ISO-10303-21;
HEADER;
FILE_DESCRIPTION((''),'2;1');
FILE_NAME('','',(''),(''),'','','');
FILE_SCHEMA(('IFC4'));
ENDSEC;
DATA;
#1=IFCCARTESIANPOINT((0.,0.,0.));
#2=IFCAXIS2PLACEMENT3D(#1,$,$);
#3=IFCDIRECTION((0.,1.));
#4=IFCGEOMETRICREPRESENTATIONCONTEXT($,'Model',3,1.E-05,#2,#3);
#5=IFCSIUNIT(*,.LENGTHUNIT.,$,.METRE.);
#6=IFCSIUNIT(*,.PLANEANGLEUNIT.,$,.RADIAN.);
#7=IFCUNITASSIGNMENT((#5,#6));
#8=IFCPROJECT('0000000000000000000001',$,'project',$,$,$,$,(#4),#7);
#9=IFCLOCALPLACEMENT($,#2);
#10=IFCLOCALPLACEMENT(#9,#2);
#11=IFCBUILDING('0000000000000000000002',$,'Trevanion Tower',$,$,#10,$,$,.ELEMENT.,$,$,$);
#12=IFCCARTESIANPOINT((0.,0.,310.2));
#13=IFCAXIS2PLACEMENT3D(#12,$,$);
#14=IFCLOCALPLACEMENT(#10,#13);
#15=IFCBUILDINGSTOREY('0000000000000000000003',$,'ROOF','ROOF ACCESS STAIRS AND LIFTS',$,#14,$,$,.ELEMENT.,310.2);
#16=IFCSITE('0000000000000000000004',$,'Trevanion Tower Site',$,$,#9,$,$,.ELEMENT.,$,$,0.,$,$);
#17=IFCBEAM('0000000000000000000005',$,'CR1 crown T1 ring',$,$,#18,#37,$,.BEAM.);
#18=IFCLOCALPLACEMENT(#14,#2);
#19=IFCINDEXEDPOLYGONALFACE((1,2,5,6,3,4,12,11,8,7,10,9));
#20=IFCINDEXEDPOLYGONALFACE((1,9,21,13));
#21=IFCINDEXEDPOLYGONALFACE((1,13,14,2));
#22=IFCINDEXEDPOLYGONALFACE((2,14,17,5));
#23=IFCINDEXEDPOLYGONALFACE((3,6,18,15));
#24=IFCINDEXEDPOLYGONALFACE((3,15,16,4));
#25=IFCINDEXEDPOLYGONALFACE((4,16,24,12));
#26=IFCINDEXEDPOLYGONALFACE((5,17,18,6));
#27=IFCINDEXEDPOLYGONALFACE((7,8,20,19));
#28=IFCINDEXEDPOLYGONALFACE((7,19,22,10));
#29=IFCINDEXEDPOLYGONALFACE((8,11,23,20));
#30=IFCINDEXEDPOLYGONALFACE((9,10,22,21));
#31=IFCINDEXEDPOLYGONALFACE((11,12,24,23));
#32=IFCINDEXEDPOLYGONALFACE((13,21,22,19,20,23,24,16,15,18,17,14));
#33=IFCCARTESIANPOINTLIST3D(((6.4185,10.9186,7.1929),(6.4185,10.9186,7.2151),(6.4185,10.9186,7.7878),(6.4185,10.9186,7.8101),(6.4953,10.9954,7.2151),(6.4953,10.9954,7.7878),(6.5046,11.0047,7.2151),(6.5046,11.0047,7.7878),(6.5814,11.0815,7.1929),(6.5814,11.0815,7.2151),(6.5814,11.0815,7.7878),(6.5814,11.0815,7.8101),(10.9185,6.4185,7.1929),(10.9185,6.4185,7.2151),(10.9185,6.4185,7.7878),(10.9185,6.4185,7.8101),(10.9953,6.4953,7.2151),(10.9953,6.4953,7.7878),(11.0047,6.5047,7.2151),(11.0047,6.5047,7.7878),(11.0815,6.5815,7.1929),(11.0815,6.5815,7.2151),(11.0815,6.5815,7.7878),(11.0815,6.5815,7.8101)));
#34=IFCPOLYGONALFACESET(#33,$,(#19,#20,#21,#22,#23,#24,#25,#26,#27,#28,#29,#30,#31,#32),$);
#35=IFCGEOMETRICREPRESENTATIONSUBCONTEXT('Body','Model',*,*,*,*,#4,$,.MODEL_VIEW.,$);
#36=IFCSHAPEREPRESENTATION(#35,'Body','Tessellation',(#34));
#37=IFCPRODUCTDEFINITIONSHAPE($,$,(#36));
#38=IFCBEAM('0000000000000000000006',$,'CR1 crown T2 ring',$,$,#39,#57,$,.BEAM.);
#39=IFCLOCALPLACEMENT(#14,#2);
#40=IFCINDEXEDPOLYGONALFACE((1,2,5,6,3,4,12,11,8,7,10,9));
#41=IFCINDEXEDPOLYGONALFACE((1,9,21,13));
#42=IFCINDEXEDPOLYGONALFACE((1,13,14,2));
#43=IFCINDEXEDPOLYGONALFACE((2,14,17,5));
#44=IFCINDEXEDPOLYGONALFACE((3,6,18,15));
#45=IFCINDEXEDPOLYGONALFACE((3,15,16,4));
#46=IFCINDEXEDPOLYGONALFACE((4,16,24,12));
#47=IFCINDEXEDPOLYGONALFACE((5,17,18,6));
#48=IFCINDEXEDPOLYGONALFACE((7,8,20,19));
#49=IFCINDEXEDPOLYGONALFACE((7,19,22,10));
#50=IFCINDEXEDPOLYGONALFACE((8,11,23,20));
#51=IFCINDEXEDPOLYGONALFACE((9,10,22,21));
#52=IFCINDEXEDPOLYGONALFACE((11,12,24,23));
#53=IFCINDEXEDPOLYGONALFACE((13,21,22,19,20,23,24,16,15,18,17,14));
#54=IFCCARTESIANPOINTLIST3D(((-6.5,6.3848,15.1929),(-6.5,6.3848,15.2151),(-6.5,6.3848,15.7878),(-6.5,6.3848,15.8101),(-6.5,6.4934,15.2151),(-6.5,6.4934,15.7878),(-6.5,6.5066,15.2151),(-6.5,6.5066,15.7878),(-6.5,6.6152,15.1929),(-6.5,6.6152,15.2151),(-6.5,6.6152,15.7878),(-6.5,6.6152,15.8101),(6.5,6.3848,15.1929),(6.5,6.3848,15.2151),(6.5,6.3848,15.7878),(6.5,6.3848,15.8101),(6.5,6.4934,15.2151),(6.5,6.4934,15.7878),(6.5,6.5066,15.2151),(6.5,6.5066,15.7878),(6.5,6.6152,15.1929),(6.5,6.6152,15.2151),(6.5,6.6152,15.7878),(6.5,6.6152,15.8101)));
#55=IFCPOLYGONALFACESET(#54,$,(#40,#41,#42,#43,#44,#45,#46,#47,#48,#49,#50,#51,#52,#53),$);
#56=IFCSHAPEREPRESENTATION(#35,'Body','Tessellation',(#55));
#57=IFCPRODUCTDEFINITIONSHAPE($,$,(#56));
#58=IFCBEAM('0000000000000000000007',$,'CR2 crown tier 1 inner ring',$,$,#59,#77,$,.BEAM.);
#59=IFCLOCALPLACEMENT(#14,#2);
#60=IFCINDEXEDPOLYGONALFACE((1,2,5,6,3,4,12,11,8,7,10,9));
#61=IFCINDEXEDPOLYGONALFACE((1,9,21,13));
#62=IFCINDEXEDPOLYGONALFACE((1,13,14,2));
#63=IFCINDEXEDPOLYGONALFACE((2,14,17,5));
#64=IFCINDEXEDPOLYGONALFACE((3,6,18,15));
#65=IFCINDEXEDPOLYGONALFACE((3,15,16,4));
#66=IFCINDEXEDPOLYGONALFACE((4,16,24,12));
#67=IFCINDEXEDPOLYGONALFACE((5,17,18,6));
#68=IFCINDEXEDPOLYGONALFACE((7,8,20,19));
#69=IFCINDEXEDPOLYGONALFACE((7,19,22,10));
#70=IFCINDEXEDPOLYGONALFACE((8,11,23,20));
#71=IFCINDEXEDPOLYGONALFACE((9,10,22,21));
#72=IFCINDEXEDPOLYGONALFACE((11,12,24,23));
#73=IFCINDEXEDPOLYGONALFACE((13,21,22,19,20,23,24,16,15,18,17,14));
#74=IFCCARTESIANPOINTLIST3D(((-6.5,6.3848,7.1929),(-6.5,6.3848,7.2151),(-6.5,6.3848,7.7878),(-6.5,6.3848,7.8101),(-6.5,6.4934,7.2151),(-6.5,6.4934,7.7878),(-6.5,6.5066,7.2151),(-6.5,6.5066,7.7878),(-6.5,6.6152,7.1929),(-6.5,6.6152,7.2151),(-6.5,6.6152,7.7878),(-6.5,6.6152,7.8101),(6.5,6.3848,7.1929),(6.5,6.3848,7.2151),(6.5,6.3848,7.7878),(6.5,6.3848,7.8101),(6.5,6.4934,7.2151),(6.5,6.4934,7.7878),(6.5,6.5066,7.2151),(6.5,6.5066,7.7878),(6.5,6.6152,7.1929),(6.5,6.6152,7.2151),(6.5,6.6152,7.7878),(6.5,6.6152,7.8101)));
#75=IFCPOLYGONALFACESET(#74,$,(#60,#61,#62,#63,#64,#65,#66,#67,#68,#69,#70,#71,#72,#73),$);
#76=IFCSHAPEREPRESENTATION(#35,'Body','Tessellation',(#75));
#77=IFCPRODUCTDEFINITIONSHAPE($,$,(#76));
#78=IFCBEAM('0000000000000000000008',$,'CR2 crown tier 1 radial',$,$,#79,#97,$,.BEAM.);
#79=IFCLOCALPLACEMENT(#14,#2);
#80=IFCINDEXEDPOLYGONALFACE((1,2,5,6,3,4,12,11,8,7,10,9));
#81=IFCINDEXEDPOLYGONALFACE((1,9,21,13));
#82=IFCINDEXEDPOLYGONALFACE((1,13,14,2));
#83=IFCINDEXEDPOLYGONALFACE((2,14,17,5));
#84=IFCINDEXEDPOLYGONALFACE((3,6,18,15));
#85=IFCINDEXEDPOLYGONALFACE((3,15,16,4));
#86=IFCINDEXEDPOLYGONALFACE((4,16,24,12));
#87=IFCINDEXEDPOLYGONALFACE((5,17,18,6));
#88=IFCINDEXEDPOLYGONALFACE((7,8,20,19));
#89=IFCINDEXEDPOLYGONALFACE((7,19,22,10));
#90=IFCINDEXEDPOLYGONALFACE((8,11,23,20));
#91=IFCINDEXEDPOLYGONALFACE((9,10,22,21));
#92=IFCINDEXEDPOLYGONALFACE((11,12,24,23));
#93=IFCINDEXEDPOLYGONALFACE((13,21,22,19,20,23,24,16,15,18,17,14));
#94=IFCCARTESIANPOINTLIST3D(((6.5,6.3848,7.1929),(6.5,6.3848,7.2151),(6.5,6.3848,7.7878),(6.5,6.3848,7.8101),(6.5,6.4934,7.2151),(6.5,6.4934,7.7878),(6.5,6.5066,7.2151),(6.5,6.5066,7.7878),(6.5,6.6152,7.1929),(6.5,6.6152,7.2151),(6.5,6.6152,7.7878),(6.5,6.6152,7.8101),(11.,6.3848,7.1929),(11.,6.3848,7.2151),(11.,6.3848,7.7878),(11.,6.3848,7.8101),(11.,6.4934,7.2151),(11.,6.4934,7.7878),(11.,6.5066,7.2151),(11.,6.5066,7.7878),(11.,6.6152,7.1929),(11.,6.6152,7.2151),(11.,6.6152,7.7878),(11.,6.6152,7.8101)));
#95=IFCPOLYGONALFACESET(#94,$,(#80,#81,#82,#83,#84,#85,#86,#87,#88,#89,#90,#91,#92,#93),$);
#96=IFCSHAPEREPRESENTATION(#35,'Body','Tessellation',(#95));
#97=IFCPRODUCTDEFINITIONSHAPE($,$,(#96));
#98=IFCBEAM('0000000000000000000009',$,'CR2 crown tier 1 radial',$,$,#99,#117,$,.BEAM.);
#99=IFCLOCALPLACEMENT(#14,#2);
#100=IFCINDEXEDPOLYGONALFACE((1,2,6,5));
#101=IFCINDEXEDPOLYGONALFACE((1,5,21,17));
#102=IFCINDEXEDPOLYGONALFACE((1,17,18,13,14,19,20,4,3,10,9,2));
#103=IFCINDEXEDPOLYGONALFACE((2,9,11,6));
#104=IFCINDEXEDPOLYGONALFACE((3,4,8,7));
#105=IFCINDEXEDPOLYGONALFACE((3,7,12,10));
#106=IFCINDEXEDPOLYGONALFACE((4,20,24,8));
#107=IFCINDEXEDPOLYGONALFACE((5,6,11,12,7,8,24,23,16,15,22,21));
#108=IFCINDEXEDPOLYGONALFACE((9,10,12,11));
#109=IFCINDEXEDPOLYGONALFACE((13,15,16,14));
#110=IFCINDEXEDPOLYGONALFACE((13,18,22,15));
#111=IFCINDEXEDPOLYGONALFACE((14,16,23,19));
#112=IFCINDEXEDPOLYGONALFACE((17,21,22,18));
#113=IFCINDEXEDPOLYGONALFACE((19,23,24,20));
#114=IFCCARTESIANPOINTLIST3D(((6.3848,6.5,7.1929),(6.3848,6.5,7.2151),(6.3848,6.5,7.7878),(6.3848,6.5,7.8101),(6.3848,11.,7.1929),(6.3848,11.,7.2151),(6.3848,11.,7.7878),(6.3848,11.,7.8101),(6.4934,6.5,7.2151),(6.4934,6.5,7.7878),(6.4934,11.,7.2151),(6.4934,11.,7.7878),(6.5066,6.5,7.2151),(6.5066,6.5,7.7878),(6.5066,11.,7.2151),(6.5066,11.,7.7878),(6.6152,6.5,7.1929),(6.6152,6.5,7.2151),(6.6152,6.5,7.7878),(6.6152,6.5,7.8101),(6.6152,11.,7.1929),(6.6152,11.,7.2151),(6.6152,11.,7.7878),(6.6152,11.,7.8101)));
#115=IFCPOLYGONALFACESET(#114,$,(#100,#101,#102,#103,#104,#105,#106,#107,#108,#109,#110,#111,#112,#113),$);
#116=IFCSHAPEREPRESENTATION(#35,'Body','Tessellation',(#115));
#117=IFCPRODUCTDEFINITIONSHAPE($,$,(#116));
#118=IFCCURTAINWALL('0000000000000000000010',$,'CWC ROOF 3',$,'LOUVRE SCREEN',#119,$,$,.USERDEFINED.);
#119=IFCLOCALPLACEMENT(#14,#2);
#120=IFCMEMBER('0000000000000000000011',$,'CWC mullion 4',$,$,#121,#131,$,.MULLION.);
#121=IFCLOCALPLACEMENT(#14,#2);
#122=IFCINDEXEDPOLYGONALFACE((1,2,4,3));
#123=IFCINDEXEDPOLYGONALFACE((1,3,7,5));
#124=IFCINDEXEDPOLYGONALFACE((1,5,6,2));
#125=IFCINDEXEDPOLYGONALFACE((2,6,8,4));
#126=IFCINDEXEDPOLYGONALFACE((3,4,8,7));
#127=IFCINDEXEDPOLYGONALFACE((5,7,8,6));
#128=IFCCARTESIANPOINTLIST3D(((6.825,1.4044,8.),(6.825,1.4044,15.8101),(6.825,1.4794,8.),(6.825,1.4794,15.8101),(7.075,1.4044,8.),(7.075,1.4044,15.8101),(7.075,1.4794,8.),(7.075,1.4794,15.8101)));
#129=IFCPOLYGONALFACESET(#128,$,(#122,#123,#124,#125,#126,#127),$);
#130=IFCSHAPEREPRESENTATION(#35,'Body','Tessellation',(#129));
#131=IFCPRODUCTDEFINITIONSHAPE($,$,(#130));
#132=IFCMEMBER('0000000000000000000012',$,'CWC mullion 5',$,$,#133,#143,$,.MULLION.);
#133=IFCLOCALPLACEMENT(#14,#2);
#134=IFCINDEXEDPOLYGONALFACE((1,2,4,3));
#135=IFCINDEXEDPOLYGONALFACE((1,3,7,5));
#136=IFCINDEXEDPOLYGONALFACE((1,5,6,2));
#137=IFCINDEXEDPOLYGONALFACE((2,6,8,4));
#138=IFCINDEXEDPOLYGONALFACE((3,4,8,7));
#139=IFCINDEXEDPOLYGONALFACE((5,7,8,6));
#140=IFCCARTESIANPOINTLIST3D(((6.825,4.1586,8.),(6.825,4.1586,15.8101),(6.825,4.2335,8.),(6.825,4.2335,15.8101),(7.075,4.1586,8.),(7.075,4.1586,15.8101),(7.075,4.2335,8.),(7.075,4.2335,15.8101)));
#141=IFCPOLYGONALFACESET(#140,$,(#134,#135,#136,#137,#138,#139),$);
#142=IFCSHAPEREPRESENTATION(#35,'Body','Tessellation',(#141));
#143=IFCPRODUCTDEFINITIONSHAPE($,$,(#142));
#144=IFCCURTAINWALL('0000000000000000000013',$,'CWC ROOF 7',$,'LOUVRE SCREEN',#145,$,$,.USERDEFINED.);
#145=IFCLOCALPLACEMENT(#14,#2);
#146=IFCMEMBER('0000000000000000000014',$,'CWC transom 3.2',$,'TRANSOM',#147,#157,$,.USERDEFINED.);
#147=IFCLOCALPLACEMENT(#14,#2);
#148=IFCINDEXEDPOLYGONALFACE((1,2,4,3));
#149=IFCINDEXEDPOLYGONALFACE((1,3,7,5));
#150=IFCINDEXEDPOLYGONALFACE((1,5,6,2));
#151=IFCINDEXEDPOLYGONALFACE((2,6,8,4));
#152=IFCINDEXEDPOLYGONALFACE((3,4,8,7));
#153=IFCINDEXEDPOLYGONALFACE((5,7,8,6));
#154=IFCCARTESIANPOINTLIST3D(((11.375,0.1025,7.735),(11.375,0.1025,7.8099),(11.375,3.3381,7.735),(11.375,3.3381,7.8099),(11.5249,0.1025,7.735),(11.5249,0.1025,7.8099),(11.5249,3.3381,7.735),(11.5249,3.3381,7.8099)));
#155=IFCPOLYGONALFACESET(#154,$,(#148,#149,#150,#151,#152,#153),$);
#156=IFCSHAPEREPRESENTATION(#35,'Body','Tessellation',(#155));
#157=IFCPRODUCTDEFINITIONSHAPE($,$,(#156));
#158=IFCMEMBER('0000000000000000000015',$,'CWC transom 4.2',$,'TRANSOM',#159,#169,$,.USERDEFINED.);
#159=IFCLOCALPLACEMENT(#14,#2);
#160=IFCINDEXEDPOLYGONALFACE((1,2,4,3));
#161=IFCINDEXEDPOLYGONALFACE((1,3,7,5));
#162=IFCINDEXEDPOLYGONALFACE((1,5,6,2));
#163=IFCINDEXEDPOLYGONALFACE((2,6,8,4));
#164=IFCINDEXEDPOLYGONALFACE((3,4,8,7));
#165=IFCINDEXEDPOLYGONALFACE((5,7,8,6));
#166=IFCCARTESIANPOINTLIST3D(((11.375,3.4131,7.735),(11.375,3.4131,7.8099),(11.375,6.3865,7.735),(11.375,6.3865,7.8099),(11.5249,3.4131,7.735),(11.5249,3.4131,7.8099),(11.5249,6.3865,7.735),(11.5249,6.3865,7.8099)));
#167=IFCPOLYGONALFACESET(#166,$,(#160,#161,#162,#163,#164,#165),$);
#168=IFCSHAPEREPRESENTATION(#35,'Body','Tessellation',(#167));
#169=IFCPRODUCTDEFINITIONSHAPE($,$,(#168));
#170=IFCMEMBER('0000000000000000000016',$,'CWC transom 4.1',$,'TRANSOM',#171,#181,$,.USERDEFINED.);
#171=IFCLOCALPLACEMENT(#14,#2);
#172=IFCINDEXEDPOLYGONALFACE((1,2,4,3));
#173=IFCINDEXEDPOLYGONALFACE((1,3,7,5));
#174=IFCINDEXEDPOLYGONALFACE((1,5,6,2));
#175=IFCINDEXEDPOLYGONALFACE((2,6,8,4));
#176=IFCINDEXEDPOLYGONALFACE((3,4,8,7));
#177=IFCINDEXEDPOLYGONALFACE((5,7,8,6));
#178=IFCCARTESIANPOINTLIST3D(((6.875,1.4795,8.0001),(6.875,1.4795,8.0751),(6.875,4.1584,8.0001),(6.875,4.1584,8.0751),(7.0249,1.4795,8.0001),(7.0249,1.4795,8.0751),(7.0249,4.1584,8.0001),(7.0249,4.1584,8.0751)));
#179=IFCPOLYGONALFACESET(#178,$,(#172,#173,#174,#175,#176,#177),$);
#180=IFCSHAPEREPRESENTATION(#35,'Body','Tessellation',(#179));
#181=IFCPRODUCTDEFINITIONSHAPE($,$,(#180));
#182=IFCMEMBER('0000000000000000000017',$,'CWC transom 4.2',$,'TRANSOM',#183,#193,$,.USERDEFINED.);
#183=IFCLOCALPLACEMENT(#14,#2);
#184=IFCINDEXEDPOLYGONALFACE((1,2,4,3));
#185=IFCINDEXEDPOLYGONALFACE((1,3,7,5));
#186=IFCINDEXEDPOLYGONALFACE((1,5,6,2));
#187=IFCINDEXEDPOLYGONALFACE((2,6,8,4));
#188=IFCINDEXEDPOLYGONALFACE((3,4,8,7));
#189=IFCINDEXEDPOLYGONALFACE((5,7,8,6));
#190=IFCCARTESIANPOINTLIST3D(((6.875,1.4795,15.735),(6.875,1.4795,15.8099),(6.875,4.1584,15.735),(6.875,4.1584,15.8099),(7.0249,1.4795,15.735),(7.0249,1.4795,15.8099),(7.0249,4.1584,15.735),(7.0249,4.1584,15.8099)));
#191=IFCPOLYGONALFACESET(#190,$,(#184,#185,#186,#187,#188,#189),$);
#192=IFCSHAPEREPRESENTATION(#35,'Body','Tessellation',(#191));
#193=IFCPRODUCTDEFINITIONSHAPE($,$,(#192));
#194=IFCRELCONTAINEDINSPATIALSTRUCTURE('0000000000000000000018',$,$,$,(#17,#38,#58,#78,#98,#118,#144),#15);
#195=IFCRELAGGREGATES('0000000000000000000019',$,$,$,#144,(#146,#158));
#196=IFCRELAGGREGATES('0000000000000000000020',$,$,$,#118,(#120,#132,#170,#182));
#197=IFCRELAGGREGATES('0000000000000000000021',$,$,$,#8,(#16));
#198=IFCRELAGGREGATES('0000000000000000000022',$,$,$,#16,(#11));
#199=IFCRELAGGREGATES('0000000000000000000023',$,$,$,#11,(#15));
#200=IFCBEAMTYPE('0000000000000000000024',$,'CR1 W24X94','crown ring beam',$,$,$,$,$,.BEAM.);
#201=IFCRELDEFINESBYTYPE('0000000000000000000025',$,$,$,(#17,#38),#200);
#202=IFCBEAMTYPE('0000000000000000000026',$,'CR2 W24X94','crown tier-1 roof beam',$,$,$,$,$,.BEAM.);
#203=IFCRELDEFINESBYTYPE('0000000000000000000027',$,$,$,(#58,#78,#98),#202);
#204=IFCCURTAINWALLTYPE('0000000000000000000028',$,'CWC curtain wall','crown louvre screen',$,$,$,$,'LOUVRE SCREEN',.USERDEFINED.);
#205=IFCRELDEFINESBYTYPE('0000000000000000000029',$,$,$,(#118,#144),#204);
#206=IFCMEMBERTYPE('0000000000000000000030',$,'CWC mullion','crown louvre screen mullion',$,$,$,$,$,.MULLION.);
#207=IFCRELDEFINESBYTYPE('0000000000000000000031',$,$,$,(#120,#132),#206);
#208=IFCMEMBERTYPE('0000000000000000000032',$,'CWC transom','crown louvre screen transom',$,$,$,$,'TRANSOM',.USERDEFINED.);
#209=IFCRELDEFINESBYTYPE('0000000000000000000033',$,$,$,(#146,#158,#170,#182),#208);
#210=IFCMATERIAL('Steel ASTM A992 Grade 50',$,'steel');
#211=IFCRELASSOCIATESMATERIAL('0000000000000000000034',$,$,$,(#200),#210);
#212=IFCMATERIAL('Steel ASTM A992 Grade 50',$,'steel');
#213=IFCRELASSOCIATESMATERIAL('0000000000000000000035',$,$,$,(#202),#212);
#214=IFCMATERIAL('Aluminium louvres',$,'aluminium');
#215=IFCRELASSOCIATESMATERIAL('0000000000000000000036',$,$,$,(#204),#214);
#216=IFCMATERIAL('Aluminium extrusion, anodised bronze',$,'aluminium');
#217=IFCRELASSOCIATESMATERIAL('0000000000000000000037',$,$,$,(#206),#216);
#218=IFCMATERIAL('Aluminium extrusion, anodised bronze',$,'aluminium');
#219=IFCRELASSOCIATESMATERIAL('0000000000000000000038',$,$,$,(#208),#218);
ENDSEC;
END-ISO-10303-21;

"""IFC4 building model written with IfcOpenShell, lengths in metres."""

from ifc_helpers import new_model, si_unit, direction, frame, origin, origin_2d, place, context, subcontext, project, spatial, rectangle, i_section, extrude, material, material_profile, profile_set, type_object, element, aggregate, save


model = new_model("IFC4")

# Units and contexts
model_context = context("Model", 3, precision=1e-05, world=origin(), true_north=direction((0.0, 1.0)))
body_context = subcontext(model_context, "Body", "Model", "MODEL_VIEW")
ifc_project = project(units=[si_unit("LENGTHUNIT", "METRE"), si_unit("PLANEANGLEUNIT", "RADIAN")], contexts=[model_context])

# Site, building, storey
site_placement = place(None, origin())
site = spatial("IfcSite", under=ifc_project, at=site_placement, Name="Trevanion Tower Site", CompositionType="ELEMENT", RefElevation=0.0)
building_placement = place(site_placement, origin())
building = spatial("IfcBuilding", under=site, at=building_placement, Name="Trevanion Tower", CompositionType="ELEMENT")
storey_placement = place(building_placement, frame((0.0, 0.0, 310.2)))
storey = spatial("IfcBuildingStorey", under=building, at=storey_placement, Name="ROOF", Description="ROOF ACCESS STAIRS AND LIFTS", CompositionType="ELEMENT", Elevation=310.2)

# Beams
ifc_material_1 = material(Name="Steel ASTM A992 Grade 50", Category="steel")
ifc_material_profile_1 = material_profile(ifc_material_1, i_section(OverallWidth=0.2305, OverallDepth=0.6172, WebThickness=0.0132, FlangeThickness=0.0222, at=origin_2d()), Name="W24X94")
ifc_profile_set_1 = profile_set([ifc_material_profile_1], Name="Steel ASTM A992 Grade 50")
beam_type_1 = type_object("IfcBeamType", Name="CR1 W24X94", Description="crown ring beam", PredefinedType="BEAM", material=ifc_profile_set_1)
beam_1_placement = place(storey_placement, frame((11.0, 6.5, 7.5015), z_axis=(-0.707107, 0.707107, 0.0), x_axis=(-0.707107, -0.707107, 0.0)))
element("IfcBeam", 1, at=beam_1_placement, inside=storey, type_object=beam_type_1, Name="CR1 crown T1 ring", PredefinedType="BEAM", context=body_context, shape_type="SweptSolid", body=[
    extrude(i_section(OverallWidth=0.2305, OverallDepth=0.6172, WebThickness=0.0132, FlangeThickness=0.0222, at=origin_2d()), origin(), (0.0, 0.0, 1.0), 6.364),
])
beam_2_placement = place(storey_placement, frame((6.5, 6.5, 15.5015), z_axis=(-1.0, 0.0, 0.0), x_axis=(0.0, -1.0, 0.0)))
element("IfcBeam", 2, at=beam_2_placement, inside=storey, type_object=beam_type_1, Name="CR1 crown T2 ring", PredefinedType="BEAM", context=body_context, shape_type="SweptSolid", body=[
    extrude(i_section(OverallWidth=0.2305, OverallDepth=0.6172, WebThickness=0.0132, FlangeThickness=0.0222, at=origin_2d()), origin(), (0.0, 0.0, 1.0), 13.0),
])
ifc_material_2 = material(Name="Steel ASTM A992 Grade 50", Category="steel")
ifc_material_profile_2 = material_profile(ifc_material_2, i_section(OverallWidth=0.2305, OverallDepth=0.6172, WebThickness=0.0132, FlangeThickness=0.0222, at=origin_2d()), Name="W24X94")
ifc_profile_set_2 = profile_set([ifc_material_profile_2], Name="Steel ASTM A992 Grade 50")
beam_type_2 = type_object("IfcBeamType", Name="CR2 W24X94", Description="crown tier-1 roof beam", PredefinedType="BEAM", material=ifc_profile_set_2)
beam_3_placement = place(storey_placement, frame((6.5, 6.5, 7.5015), z_axis=(-1.0, 0.0, 0.0), x_axis=(0.0, -1.0, 0.0)))
element("IfcBeam", 3, at=beam_3_placement, inside=storey, type_object=beam_type_2, Name="CR2 crown tier 1 inner ring", PredefinedType="BEAM", context=body_context, shape_type="SweptSolid", body=[
    extrude(i_section(OverallWidth=0.2305, OverallDepth=0.6172, WebThickness=0.0132, FlangeThickness=0.0222, at=origin_2d()), origin(), (0.0, 0.0, 1.0), 13.0),
])
for number, where, z_axis, x_axis, name in (
    (4, (6.5, 6.5, 7.5015), (1.0, 0.0, 0.0), (0.0, 1.0, 0.0), "CR2 crown tier 1 radial"),
    (5, (6.5, 6.5, 7.5015), (0.0, 1.0, 0.0), (-1.0, 0.0, 0.0), "CR2 crown tier 1 radial"),
):
    element("IfcBeam", number, at=place(storey_placement, frame(where, z_axis=z_axis, x_axis=x_axis)), inside=storey, type_object=beam_type_2, Name=name, PredefinedType="BEAM", context=body_context, shape_type="SweptSolid", body=[
        extrude(i_section(OverallWidth=0.2305, OverallDepth=0.6172, WebThickness=0.0132, FlangeThickness=0.0222, at=origin_2d()), origin(), (0.0, 0.0, 1.0), 4.5),
    ])

# Curtain walls, members
ifc_material_3 = material(Name="Aluminium louvres", Category="aluminium")
curtain_wall_type = type_object("IfcCurtainWallType", Name="CWC curtain wall", Description="crown louvre screen", ElementType="LOUVRE SCREEN", PredefinedType="USERDEFINED", material=ifc_material_3)
curtain_wall_1_placement = place(storey_placement, origin())
curtain_wall_1 = element("IfcCurtainWall", 6, at=curtain_wall_1_placement, inside=storey, type_object=curtain_wall_type, Name="CWC ROOF 3", ObjectType="LOUVRE SCREEN", PredefinedType="USERDEFINED")
ifc_material_4 = material(Name="Aluminium extrusion, anodised bronze", Category="aluminium")
ifc_material_profile_3 = material_profile(ifc_material_4, rectangle(XDim=0.075, YDim=0.25, at=origin_2d()), Name="CWC mullion")
ifc_profile_set_3 = profile_set([ifc_material_profile_3], Name="Aluminium extrusion, anodised bronze")
member_type_1 = type_object("IfcMemberType", Name="CWC mullion", Description="crown louvre screen mullion", PredefinedType="MULLION", material=ifc_profile_set_3)
member_1_placement = place(storey_placement, frame((6.95, 1.4419, 8.0), z_axis=(0.0, 0.0, 1.0), x_axis=(0.0, 1.0, 0.0)))
member_1 = element("IfcMember", 7, at=member_1_placement, type_object=member_type_1, Name="CWC mullion 4", PredefinedType="MULLION", context=body_context, shape_type="SweptSolid", body=[
    extrude(rectangle(XDim=0.075, YDim=0.25, at=origin_2d()), origin(), (0.0, 0.0, 1.0), 7.8101),
])
member_2_placement = place(storey_placement, frame((6.95, 4.196, 8.0), z_axis=(0.0, 0.0, 1.0), x_axis=(0.0, 1.0, 0.0)))
member_2 = element("IfcMember", 8, at=member_2_placement, type_object=member_type_1, Name="CWC mullion 5", PredefinedType="MULLION", context=body_context, shape_type="SweptSolid", body=[
    extrude(rectangle(XDim=0.075, YDim=0.25, at=origin_2d()), origin(), (0.0, 0.0, 1.0), 7.8101),
])
curtain_wall_2_placement = place(storey_placement, origin())
curtain_wall_2 = element("IfcCurtainWall", 9, at=curtain_wall_2_placement, inside=storey, type_object=curtain_wall_type, Name="CWC ROOF 7", ObjectType="LOUVRE SCREEN", PredefinedType="USERDEFINED")
ifc_material_5 = material(Name="Aluminium extrusion, anodised bronze", Category="aluminium")
ifc_material_profile_4 = material_profile(ifc_material_5, rectangle(XDim=0.1499, YDim=0.075, at=origin_2d()), Name="CWC transom")
ifc_profile_set_4 = profile_set([ifc_material_profile_4], Name="Aluminium extrusion, anodised bronze")
member_type_2 = type_object("IfcMemberType", Name="CWC transom", Description="crown louvre screen transom", ElementType="TRANSOM", PredefinedType="USERDEFINED", material=ifc_profile_set_4)
member_3_placement = place(storey_placement, frame((11.45, 0.1025, 7.7725), z_axis=(0.0, 1.0, 0.0), x_axis=(-1.0, 0.0, 0.0)))
member_3 = element("IfcMember", 10, at=member_3_placement, type_object=member_type_2, Name="CWC transom 3.2", ObjectType="TRANSOM", PredefinedType="USERDEFINED", context=body_context, shape_type="SweptSolid", body=[
    extrude(rectangle(XDim=0.1499, YDim=0.075, at=origin_2d()), origin(), (0.0, 0.0, 1.0), 3.2356),
])
member_4_placement = place(storey_placement, frame((11.45, 3.4131, 7.7725), z_axis=(0.0, 1.0, 0.0), x_axis=(-1.0, 0.0, 0.0)))
member_4 = element("IfcMember", 11, at=member_4_placement, type_object=member_type_2, Name="CWC transom 4.2", ObjectType="TRANSOM", PredefinedType="USERDEFINED", context=body_context, shape_type="SweptSolid", body=[
    extrude(rectangle(XDim=0.1499, YDim=0.075, at=origin_2d()), origin(), (0.0, 0.0, 1.0), 2.9734),
])
aggregate(curtain_wall_2, [member_3, member_4])

# Members
member_5_placement = place(storey_placement, frame((6.95, 1.4795, 8.0376), z_axis=(0.0, 1.0, 0.0), x_axis=(-1.0, 0.0, 0.0)))
member_5 = element("IfcMember", 12, at=member_5_placement, type_object=member_type_2, Name="CWC transom 4.1", ObjectType="TRANSOM", PredefinedType="USERDEFINED", context=body_context, shape_type="SweptSolid", body=[
    extrude(rectangle(XDim=0.1499, YDim=0.075, at=origin_2d()), origin(), (0.0, 0.0, 1.0), 2.679),
])
member_6_placement = place(storey_placement, frame((6.95, 1.4795, 15.7725), z_axis=(0.0, 1.0, 0.0), x_axis=(-1.0, 0.0, 0.0)))
member_6 = element("IfcMember", 13, at=member_6_placement, type_object=member_type_2, Name="CWC transom 4.2", ObjectType="TRANSOM", PredefinedType="USERDEFINED", context=body_context, shape_type="SweptSolid", body=[
    extrude(rectangle(XDim=0.1499, YDim=0.075, at=origin_2d()), origin(), (0.0, 0.0, 1.0), 2.679),
])

aggregate(curtain_wall_1, [member_1, member_2, member_5, member_6])

save(model, "model.ifc")
